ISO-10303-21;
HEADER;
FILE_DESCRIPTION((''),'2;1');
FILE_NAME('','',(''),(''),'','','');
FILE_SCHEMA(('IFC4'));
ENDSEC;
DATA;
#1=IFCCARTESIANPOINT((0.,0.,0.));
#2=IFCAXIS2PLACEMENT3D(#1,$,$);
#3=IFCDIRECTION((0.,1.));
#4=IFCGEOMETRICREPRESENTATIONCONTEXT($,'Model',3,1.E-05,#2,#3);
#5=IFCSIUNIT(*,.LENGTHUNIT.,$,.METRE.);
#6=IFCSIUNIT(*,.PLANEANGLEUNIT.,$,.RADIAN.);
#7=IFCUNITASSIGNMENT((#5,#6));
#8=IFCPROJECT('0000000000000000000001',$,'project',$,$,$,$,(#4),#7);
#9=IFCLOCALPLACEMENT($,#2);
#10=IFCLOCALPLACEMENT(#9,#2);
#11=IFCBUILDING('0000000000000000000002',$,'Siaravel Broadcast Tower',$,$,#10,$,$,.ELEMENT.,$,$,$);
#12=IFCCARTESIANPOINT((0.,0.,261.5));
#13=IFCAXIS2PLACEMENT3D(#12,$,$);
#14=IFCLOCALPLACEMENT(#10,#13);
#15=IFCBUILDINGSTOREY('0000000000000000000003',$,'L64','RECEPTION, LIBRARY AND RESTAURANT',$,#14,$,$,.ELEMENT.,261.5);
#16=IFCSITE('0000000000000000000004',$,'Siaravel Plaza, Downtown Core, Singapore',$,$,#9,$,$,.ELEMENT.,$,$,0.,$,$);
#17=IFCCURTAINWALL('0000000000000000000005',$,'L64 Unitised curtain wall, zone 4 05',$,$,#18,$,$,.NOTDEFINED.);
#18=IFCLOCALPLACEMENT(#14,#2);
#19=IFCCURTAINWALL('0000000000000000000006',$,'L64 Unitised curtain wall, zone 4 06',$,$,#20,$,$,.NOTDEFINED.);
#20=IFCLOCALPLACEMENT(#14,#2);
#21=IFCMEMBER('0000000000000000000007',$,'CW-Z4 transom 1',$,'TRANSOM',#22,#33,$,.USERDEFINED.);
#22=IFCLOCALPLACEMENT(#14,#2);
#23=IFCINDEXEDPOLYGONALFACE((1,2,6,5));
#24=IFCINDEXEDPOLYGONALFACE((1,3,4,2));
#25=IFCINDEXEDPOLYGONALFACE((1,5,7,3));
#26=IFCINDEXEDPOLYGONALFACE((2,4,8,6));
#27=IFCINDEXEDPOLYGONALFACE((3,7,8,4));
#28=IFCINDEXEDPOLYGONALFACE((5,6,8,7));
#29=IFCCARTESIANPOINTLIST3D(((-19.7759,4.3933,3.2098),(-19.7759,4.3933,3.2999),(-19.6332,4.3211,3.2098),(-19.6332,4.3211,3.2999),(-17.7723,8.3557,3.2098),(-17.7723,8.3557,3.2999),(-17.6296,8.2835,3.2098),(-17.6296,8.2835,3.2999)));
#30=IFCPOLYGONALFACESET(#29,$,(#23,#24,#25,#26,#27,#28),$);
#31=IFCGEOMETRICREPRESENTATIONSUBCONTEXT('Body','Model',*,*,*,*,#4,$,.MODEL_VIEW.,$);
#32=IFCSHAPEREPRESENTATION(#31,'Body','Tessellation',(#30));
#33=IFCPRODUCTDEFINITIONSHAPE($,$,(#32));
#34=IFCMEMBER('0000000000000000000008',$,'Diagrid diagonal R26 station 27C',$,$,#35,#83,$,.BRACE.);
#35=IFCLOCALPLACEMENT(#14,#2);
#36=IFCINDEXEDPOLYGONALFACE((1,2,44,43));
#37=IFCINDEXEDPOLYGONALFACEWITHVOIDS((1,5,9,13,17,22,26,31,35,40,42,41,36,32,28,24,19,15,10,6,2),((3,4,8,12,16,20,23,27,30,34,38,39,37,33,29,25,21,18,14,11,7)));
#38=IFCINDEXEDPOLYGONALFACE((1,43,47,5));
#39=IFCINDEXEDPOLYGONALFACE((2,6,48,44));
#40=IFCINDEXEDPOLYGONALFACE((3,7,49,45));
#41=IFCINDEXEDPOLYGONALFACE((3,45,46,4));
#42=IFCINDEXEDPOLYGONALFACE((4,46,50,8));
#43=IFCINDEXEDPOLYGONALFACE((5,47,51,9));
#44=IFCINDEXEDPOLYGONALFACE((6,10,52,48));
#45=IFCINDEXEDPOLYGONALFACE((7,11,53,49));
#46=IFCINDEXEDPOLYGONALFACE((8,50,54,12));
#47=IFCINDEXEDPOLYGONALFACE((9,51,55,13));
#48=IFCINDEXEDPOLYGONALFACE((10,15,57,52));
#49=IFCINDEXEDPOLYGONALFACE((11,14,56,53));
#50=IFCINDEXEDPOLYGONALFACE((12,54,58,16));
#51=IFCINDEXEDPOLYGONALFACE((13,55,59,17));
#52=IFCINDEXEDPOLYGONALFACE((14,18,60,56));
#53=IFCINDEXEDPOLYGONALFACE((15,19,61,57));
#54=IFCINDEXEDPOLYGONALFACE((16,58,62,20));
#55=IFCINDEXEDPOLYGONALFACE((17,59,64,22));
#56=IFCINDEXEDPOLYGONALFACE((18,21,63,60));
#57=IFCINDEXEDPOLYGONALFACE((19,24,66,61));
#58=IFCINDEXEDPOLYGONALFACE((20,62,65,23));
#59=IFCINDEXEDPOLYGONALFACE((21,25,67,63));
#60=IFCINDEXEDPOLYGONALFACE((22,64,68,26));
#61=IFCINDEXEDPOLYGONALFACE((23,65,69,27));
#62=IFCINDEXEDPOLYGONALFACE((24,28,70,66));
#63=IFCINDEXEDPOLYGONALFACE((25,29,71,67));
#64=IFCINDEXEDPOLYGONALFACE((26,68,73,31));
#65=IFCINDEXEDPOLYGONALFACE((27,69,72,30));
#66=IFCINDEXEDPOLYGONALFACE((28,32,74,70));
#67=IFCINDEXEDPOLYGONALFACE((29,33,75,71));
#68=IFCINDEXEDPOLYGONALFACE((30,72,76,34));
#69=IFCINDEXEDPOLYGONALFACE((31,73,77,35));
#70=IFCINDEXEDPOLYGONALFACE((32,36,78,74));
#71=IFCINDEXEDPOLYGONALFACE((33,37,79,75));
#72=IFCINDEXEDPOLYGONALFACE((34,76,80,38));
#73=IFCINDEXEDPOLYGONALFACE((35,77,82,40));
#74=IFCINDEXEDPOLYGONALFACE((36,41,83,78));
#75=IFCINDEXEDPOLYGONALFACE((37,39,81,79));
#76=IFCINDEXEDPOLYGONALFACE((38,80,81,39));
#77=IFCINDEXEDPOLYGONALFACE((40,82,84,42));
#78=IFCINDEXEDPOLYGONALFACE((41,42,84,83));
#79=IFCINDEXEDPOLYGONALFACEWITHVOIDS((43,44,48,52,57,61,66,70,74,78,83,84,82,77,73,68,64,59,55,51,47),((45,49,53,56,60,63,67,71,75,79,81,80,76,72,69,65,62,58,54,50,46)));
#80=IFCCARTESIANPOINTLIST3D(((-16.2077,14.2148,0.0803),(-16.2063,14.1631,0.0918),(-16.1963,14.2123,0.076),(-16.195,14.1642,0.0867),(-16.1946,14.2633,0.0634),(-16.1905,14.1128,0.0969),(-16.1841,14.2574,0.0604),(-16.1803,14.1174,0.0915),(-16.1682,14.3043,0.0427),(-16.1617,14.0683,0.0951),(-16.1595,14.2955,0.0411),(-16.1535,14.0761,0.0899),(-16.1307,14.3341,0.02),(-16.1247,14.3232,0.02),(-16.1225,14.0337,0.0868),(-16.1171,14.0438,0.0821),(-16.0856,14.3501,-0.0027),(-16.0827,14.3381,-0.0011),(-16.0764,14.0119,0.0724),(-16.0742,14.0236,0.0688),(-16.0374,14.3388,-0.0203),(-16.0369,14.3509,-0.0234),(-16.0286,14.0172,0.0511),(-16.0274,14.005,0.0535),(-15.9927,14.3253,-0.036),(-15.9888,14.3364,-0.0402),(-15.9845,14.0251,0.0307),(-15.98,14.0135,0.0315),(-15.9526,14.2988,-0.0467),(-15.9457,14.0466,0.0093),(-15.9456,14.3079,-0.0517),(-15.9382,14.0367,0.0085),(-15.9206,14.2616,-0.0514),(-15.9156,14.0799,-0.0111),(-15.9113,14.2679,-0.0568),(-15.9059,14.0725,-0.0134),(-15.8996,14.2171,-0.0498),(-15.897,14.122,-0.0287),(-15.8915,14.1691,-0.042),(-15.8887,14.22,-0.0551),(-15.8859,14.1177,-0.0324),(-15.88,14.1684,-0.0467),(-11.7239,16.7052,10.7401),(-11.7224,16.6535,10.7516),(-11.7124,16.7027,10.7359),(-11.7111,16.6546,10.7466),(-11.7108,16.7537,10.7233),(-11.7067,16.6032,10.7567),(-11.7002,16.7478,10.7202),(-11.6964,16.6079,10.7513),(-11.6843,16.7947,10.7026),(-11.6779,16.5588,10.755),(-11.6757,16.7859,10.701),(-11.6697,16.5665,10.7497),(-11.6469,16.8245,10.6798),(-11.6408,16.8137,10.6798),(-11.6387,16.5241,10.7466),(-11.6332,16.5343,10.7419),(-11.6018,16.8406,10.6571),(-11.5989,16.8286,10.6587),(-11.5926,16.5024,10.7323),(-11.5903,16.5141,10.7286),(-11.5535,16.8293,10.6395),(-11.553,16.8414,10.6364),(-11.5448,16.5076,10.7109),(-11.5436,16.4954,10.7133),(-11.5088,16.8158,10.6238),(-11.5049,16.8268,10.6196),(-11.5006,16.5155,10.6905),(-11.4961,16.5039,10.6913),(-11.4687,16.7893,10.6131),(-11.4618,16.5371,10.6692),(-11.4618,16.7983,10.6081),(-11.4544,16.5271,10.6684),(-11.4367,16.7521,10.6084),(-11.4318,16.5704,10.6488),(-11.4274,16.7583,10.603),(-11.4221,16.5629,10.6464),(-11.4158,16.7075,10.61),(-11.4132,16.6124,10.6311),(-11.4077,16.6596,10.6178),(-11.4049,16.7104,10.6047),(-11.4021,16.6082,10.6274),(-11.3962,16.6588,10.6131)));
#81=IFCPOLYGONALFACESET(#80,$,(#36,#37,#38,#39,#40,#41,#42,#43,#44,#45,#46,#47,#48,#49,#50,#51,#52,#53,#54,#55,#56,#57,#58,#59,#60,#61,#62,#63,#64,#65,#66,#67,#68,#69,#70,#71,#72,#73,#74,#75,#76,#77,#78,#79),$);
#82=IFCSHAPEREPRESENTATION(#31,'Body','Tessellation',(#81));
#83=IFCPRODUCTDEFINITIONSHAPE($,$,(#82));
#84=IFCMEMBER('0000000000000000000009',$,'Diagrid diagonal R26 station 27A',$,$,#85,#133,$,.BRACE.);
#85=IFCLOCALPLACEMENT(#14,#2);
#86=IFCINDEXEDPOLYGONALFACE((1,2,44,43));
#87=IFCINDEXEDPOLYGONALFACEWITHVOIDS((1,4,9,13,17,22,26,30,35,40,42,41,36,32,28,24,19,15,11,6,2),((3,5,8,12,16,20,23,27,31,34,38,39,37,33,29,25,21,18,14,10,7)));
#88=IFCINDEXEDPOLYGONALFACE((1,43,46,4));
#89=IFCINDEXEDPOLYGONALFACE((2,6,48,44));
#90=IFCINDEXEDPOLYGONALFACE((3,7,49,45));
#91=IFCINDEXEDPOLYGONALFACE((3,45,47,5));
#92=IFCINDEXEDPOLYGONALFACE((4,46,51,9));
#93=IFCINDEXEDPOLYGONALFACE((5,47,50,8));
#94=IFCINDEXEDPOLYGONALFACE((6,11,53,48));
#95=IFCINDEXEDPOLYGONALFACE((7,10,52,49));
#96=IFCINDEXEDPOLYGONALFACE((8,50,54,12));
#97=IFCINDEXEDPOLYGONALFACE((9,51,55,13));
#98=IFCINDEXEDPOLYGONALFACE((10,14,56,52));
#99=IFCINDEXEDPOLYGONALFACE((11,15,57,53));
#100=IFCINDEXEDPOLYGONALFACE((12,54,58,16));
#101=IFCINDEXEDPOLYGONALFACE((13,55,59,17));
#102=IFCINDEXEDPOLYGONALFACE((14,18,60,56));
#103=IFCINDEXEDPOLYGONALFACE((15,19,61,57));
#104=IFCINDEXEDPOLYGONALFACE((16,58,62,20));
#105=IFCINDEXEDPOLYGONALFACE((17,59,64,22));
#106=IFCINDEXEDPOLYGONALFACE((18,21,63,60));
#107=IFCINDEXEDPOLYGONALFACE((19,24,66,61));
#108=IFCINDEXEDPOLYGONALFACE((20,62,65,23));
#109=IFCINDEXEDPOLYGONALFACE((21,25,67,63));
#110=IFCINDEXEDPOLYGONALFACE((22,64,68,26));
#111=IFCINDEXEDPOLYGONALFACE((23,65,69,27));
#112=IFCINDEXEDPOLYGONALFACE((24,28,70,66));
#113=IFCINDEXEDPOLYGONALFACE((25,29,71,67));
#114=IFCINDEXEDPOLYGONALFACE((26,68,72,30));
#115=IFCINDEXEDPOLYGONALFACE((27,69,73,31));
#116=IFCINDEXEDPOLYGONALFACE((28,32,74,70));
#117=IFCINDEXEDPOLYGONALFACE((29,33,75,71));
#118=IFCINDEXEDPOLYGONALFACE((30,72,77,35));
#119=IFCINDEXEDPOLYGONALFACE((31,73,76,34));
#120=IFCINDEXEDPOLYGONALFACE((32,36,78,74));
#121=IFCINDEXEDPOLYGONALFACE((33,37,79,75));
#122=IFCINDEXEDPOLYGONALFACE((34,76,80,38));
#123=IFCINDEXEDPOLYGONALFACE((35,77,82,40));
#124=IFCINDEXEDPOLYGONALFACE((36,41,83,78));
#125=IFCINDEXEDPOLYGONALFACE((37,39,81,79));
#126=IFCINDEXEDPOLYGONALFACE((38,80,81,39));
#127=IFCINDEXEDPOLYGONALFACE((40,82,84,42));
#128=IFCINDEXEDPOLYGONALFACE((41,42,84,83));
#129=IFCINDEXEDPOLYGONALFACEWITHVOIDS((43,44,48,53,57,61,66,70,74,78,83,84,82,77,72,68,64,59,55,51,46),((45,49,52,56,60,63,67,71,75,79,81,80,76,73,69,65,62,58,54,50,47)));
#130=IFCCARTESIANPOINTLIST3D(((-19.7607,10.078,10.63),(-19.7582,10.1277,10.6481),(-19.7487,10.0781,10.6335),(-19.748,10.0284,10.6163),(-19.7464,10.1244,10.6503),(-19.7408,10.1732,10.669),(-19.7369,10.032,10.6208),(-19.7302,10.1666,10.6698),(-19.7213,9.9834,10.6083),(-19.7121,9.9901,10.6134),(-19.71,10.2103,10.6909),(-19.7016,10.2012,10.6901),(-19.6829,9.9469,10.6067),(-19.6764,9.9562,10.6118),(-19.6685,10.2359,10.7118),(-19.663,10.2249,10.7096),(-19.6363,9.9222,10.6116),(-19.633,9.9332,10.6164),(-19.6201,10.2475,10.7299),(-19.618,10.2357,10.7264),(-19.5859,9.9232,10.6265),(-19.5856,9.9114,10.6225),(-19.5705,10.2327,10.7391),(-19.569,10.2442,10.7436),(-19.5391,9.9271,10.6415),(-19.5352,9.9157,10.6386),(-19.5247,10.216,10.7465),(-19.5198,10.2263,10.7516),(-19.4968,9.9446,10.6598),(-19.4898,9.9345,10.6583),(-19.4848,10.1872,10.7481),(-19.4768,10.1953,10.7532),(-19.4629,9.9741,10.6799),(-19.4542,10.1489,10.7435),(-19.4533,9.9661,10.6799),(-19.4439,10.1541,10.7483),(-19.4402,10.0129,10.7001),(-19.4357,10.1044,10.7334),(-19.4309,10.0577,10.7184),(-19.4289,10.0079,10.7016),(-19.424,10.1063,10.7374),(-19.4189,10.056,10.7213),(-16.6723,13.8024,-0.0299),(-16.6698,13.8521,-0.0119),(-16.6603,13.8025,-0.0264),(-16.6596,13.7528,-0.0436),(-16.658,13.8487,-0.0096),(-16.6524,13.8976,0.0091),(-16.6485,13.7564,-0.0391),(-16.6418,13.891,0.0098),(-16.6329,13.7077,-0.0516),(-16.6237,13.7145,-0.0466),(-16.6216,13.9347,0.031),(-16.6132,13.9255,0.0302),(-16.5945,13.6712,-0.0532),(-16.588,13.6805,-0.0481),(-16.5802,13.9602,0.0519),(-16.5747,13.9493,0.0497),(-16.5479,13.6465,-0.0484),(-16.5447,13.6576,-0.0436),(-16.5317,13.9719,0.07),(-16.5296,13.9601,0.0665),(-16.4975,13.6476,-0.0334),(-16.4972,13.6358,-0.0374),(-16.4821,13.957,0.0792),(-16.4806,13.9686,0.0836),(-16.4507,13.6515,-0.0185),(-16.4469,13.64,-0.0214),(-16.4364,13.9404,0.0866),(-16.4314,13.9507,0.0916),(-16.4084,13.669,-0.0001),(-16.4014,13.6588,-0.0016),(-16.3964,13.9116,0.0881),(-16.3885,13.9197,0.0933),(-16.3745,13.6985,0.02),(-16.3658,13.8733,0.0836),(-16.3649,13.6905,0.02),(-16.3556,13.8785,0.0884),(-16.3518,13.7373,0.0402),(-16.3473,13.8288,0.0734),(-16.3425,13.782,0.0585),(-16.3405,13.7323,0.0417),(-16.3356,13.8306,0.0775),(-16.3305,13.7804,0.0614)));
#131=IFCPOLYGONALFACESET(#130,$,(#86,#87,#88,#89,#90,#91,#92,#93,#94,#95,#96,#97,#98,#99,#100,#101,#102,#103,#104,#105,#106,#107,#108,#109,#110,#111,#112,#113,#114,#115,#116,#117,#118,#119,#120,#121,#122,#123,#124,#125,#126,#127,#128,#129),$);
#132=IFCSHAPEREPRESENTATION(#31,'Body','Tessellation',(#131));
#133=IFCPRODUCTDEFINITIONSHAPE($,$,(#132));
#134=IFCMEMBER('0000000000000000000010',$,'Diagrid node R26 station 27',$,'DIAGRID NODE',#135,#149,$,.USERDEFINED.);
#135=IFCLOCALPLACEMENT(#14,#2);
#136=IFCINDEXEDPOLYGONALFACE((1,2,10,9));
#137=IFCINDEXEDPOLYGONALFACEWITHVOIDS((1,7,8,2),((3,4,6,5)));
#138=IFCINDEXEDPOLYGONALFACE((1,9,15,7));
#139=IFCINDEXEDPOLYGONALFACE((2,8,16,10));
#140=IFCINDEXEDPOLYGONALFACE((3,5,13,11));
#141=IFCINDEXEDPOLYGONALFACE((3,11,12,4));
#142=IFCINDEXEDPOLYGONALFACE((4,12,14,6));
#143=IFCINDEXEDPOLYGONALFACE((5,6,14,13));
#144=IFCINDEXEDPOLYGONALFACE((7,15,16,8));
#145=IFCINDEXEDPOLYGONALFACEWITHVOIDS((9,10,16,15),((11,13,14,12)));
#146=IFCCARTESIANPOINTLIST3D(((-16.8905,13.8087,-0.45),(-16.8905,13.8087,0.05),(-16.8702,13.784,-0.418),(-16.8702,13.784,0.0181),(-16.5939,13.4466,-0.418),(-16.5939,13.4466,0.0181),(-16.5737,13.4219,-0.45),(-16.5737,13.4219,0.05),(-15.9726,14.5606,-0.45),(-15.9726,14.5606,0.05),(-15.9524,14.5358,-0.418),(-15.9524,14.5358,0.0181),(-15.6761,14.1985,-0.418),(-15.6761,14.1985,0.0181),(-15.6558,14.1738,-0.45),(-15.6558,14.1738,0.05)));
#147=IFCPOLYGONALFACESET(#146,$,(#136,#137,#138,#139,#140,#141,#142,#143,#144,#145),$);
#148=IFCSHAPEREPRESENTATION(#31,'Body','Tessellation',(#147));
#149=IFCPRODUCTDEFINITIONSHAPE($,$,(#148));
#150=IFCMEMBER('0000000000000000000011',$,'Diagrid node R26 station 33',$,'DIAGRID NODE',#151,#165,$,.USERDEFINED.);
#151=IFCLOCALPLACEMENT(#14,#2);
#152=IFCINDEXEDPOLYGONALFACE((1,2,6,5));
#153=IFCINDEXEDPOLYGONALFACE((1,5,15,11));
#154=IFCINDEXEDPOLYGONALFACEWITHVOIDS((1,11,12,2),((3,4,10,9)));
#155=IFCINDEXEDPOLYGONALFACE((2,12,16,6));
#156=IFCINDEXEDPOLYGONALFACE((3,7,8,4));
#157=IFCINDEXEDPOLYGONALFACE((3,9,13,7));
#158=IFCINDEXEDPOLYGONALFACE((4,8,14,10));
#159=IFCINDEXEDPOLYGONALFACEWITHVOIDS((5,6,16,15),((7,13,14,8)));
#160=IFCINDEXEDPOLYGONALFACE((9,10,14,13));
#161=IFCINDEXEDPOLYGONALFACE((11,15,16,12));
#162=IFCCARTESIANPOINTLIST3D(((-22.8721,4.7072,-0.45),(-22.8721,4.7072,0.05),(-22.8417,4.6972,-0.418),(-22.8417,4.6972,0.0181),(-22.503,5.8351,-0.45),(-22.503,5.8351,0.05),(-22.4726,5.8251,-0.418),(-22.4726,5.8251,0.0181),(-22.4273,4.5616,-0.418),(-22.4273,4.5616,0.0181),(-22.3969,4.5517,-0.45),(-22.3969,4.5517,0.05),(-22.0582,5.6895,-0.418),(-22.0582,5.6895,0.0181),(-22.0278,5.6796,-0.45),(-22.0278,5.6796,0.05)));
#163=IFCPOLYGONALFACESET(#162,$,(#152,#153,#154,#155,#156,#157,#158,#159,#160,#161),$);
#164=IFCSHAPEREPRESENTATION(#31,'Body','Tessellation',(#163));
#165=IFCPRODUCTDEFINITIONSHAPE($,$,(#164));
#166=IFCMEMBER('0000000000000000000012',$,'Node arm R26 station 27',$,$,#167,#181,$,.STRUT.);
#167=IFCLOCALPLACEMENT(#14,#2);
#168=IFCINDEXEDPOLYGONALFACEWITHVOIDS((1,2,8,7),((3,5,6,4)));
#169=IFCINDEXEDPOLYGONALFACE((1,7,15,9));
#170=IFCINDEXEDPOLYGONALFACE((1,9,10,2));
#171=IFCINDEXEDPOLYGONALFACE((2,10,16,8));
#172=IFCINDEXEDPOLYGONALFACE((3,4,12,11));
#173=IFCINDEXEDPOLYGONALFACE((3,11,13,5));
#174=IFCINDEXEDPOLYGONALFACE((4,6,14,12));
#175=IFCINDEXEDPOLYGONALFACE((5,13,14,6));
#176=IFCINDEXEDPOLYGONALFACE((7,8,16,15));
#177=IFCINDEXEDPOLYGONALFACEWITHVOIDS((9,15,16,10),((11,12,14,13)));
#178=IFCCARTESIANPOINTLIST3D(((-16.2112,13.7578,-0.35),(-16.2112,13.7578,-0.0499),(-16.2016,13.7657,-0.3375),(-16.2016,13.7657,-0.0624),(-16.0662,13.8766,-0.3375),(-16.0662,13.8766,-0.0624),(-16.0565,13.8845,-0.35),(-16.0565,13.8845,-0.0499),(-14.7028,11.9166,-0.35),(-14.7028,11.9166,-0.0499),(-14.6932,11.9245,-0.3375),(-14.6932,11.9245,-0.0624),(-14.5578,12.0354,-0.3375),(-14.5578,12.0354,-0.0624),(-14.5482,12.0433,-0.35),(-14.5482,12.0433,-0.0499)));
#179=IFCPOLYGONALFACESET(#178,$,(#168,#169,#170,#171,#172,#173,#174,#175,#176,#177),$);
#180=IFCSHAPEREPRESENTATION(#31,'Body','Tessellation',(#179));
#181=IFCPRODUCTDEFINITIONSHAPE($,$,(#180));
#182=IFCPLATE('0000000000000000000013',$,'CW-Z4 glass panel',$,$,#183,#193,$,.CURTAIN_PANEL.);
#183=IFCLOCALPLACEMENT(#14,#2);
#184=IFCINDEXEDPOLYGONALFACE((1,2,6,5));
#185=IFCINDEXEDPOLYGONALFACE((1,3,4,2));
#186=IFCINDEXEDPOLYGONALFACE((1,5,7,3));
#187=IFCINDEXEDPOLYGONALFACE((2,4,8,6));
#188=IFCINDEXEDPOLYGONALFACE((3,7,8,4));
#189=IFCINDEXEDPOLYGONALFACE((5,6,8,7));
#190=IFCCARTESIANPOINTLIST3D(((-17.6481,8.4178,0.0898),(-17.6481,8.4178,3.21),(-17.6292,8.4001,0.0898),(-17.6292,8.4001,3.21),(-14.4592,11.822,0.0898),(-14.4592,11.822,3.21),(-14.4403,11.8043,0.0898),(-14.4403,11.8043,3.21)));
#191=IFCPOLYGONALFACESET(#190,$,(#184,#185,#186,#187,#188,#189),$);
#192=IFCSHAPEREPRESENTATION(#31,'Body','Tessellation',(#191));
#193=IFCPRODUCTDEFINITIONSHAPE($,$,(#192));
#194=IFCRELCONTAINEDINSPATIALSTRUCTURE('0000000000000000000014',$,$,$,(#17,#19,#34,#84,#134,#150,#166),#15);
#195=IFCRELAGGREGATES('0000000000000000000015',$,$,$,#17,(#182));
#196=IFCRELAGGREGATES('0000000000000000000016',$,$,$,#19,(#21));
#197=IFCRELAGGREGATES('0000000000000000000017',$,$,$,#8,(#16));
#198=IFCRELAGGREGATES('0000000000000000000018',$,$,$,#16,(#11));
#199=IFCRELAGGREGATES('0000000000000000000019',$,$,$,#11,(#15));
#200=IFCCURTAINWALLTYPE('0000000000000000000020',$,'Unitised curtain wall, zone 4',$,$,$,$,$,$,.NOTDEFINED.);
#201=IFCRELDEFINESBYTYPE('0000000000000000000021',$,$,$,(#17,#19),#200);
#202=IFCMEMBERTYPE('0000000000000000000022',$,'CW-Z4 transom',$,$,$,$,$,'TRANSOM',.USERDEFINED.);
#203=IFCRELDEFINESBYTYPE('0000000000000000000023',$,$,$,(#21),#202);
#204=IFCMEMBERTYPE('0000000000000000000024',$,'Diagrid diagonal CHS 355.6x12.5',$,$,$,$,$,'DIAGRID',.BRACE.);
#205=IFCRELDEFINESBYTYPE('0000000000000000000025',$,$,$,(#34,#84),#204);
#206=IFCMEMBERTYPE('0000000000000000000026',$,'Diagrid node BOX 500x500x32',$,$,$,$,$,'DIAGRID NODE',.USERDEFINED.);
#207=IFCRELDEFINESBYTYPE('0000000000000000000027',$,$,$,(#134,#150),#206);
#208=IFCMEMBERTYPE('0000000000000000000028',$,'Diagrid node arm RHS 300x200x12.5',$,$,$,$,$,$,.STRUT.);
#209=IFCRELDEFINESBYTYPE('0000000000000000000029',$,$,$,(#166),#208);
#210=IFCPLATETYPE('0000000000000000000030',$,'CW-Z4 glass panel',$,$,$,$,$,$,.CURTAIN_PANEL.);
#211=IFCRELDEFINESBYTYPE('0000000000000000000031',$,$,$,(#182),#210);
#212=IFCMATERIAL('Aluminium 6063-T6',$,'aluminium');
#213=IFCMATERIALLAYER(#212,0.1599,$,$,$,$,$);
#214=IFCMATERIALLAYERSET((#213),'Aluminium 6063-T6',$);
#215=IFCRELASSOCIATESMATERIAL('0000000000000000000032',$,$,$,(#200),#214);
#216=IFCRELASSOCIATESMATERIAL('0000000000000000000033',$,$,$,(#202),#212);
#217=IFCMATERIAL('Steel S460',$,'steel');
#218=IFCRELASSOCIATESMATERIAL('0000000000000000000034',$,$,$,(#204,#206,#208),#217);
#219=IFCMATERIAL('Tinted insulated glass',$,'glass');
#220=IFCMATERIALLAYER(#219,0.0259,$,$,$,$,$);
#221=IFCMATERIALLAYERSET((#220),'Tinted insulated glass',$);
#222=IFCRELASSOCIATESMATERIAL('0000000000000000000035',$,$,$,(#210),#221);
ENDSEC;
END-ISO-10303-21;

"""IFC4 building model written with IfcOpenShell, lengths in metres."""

from ifc_helpers import new_model, si_unit, direction, frame, origin, origin_2d, place, context, subcontext, project, spatial, rectangle, hollow_rectangle, hollow_circle, extrude, material, layer, layer_set, material_profile, profile_set, type_object, element, aggregate, save


model = new_model("IFC4")

# Units and contexts
model_context = context("Model", 3, precision=1e-05, world=origin(), true_north=direction((0.0, 1.0)))
body_context = subcontext(model_context, "Body", "Model", "MODEL_VIEW")
ifc_project = project(units=[si_unit("LENGTHUNIT", "METRE"), si_unit("PLANEANGLEUNIT", "RADIAN")], contexts=[model_context])

# Site, building, storey
site_placement = place(None, origin())
site = spatial("IfcSite", under=ifc_project, at=site_placement, Name="Siaravel Plaza, Downtown Core, Singapore", CompositionType="ELEMENT", RefElevation=0.0)
building_placement = place(site_placement, origin())
building = spatial("IfcBuilding", under=site, at=building_placement, Name="Siaravel Broadcast Tower", CompositionType="ELEMENT")
storey_placement = place(building_placement, frame((0.0, 0.0, 261.5)))
storey = spatial("IfcBuildingStorey", under=building, at=storey_placement, Name="L64", Description="RECEPTION, LIBRARY AND RESTAURANT", CompositionType="ELEMENT", Elevation=261.5)

# Curtain walls
ifc_material_1 = material(Name="Aluminium 6063-T6", Category="aluminium")
ifc_layer_1 = layer(ifc_material_1, 0.1599)
ifc_layer_set_1 = layer_set([ifc_layer_1], Name="Aluminium 6063-T6")
curtain_wall_type = type_object("IfcCurtainWallType", Name="Unitised curtain wall, zone 4", PredefinedType="NOTDEFINED", material=ifc_layer_set_1)
curtain_wall_1_placement = place(storey_placement, origin())
curtain_wall_1 = element("IfcCurtainWall", 1, at=curtain_wall_1_placement, inside=storey, type_object=curtain_wall_type, Name="L64 Unitised curtain wall, zone 4 05", PredefinedType="NOTDEFINED")
curtain_wall_2_placement = place(storey_placement, origin())
curtain_wall_2 = element("IfcCurtainWall", 2, at=curtain_wall_2_placement, inside=storey, type_object=curtain_wall_type, Name="L64 Unitised curtain wall, zone 4 06", PredefinedType="NOTDEFINED")

# Member
ifc_material_profile_1 = material_profile(ifc_material_1, rectangle(XDim=0.1599, YDim=0.0901, at=origin_2d()))
ifc_profile_set_1 = profile_set([ifc_material_profile_1], Name="Aluminium 6063-T6")
member_type_1 = type_object("IfcMemberType", Name="CW-Z4 transom", ElementType="TRANSOM", PredefinedType="USERDEFINED", material=ifc_profile_set_1)
member_1_placement = place(storey_placement, frame((-17.7009, 8.3196, 3.2549), z_axis=(-0.451256, -0.892395, 0.0), x_axis=(0.892395, -0.451256, 0.0)))
member_1 = element("IfcMember", 3, at=member_1_placement, type_object=member_type_1, Name="CW-Z4 transom 1", ObjectType="TRANSOM", PredefinedType="USERDEFINED", context=body_context, shape_type="SweptSolid", body=[
    extrude(rectangle(XDim=0.1599, YDim=0.0901, at=origin_2d()), origin(), (0.0, 0.0, 1.0), 4.4402),
])

# Members
ifc_material_2 = material(Name="Steel S460", Category="steel")
ifc_material_profile_2 = material_profile(ifc_material_2, hollow_circle(Radius=0.1777, WallThickness=0.0125, at=origin_2d()))
ifc_profile_set_2 = profile_set([ifc_material_profile_2], Name="Steel S460")
member_type_2 = type_object("IfcMemberType", Name="Diagrid diagonal CHS 355.6x12.5", ElementType="DIAGRID", PredefinedType="BRACE", material=ifc_profile_set_2)
member_2_placement = place(storey_placement, frame((-16.0444, 14.1787, 0.02), z_axis=(0.379037, 0.210528, 0.901115), x_axis=(-0.485558, 0.874204, 0.0)))
element("IfcMember", 4, at=member_2_placement, inside=storey, type_object=member_type_2, Name="Diagrid diagonal R26 station 27C", PredefinedType="BRACE", context=body_context, shape_type="SweptSolid", body=[
    extrude(hollow_circle(Radius=0.1777, WallThickness=0.0125, at=origin_2d()), origin(), (0.0, 0.0, 1.0), 11.8296),
])
member_3_placement = place(storey_placement, frame((-16.5017, 13.804, 0.02), z_axis=(-0.263817, -0.318144, 0.910596), x_axis=(0.76977, -0.638321, 0.0)))
element("IfcMember", 5, at=member_3_placement, inside=storey, type_object=member_type_2, Name="Diagrid diagonal R26 station 27A", PredefinedType="BRACE", context=body_context, shape_type="SweptSolid", body=[
    extrude(hollow_circle(Radius=0.1777, WallThickness=0.0125, at=origin_2d()), origin(), (0.0, 0.0, 1.0), 11.7065),
])
ifc_material_profile_3 = material_profile(ifc_material_2, hollow_rectangle(XDim=0.5, YDim=0.5, WallThickness=0.032, at=origin_2d()))
ifc_profile_set_3 = profile_set([ifc_material_profile_3], Name="Steel S460")
member_type_3 = type_object("IfcMemberType", Name="Diagrid node BOX 500x500x32", ElementType="DIAGRID NODE", PredefinedType="USERDEFINED", material=ifc_profile_set_3)
member_4_placement = place(storey_placement, frame((-15.8142, 14.3672, -0.2), z_axis=(-0.77359, -0.633686, 0.0), x_axis=(0.633686, -0.77359, 0.0)))
element("IfcMember", 6, at=member_4_placement, inside=storey, type_object=member_type_3, Name="Diagrid node R26 station 27", ObjectType="DIAGRID NODE", PredefinedType="USERDEFINED", context=body_context, shape_type="SweptSolid", body=[
    extrude(hollow_rectangle(XDim=0.5, YDim=0.5, WallThickness=0.032, at=origin_2d()), origin(), (0.0, 0.0, 1.0), 1.1865),
])
member_5_placement = place(storey_placement, frame((-22.2654, 5.7573, -0.2), z_axis=(-0.311039, -0.950397, 0.0), x_axis=(0.950397, -0.311039, 0.0)))
element("IfcMember", 7, at=member_5_placement, inside=storey, type_object=member_type_3, Name="Diagrid node R26 station 33", ObjectType="DIAGRID NODE", PredefinedType="USERDEFINED", context=body_context, shape_type="SweptSolid", body=[
    extrude(hollow_rectangle(XDim=0.5, YDim=0.5, WallThickness=0.032, at=origin_2d()), origin(), (0.0, 0.0, 1.0), 1.1868),
])
ifc_material_profile_4 = material_profile(ifc_material_2, hollow_rectangle(XDim=0.2, YDim=0.3, WallThickness=0.0125, at=origin_2d()))
ifc_profile_set_4 = profile_set([ifc_material_profile_4], Name="Steel S460")
member_type_4 = type_object("IfcMemberType", Name="Diagrid node arm RHS 300x200x12.5", PredefinedType="STRUT", material=ifc_profile_set_4)
member_6_placement = place(storey_placement, frame((-14.6255, 11.98, -0.2), z_axis=(-0.633735, 0.77355, 0.0), x_axis=(-0.77355, -0.633735, 0.0)))
element("IfcMember", 8, at=member_6_placement, inside=storey, type_object=member_type_4, Name="Node arm R26 station 27", PredefinedType="STRUT", context=body_context, shape_type="SweptSolid", body=[
    extrude(hollow_rectangle(XDim=0.2, YDim=0.3, WallThickness=0.0125, at=origin_2d()), origin(), (0.0, 0.0, 1.0), 2.3801),
])

# Plate
ifc_material_3 = material(Name="Tinted insulated glass", Category="glass")
ifc_layer_2 = layer(ifc_material_3, 0.0259)
ifc_layer_set_2 = layer_set([ifc_layer_2], Name="Tinted insulated glass")
plate_type = type_object("IfcPlateType", Name="CW-Z4 glass panel", PredefinedType="CURTAIN_PANEL", material=ifc_layer_set_2)
plate_1_placement = place(storey_placement, frame((-16.0442, 10.1111, 0.0898), z_axis=(0.0, 0.0, 1.0), x_axis=(-0.683653, -0.729807, 0.0)))
plate_1 = element("IfcPlate", 9, at=plate_1_placement, type_object=plate_type, Name="CW-Z4 glass panel", PredefinedType="CURTAIN_PANEL", context=body_context, shape_type="SweptSolid", body=[
    extrude(rectangle(XDim=4.6646, YDim=0.0259, at=origin_2d()), origin(), (0.0, 0.0, 1.0), 3.1201),
])
aggregate(curtain_wall_1, [plate_1])
aggregate(curtain_wall_2, [member_1])

save(model, "model.ifc")
